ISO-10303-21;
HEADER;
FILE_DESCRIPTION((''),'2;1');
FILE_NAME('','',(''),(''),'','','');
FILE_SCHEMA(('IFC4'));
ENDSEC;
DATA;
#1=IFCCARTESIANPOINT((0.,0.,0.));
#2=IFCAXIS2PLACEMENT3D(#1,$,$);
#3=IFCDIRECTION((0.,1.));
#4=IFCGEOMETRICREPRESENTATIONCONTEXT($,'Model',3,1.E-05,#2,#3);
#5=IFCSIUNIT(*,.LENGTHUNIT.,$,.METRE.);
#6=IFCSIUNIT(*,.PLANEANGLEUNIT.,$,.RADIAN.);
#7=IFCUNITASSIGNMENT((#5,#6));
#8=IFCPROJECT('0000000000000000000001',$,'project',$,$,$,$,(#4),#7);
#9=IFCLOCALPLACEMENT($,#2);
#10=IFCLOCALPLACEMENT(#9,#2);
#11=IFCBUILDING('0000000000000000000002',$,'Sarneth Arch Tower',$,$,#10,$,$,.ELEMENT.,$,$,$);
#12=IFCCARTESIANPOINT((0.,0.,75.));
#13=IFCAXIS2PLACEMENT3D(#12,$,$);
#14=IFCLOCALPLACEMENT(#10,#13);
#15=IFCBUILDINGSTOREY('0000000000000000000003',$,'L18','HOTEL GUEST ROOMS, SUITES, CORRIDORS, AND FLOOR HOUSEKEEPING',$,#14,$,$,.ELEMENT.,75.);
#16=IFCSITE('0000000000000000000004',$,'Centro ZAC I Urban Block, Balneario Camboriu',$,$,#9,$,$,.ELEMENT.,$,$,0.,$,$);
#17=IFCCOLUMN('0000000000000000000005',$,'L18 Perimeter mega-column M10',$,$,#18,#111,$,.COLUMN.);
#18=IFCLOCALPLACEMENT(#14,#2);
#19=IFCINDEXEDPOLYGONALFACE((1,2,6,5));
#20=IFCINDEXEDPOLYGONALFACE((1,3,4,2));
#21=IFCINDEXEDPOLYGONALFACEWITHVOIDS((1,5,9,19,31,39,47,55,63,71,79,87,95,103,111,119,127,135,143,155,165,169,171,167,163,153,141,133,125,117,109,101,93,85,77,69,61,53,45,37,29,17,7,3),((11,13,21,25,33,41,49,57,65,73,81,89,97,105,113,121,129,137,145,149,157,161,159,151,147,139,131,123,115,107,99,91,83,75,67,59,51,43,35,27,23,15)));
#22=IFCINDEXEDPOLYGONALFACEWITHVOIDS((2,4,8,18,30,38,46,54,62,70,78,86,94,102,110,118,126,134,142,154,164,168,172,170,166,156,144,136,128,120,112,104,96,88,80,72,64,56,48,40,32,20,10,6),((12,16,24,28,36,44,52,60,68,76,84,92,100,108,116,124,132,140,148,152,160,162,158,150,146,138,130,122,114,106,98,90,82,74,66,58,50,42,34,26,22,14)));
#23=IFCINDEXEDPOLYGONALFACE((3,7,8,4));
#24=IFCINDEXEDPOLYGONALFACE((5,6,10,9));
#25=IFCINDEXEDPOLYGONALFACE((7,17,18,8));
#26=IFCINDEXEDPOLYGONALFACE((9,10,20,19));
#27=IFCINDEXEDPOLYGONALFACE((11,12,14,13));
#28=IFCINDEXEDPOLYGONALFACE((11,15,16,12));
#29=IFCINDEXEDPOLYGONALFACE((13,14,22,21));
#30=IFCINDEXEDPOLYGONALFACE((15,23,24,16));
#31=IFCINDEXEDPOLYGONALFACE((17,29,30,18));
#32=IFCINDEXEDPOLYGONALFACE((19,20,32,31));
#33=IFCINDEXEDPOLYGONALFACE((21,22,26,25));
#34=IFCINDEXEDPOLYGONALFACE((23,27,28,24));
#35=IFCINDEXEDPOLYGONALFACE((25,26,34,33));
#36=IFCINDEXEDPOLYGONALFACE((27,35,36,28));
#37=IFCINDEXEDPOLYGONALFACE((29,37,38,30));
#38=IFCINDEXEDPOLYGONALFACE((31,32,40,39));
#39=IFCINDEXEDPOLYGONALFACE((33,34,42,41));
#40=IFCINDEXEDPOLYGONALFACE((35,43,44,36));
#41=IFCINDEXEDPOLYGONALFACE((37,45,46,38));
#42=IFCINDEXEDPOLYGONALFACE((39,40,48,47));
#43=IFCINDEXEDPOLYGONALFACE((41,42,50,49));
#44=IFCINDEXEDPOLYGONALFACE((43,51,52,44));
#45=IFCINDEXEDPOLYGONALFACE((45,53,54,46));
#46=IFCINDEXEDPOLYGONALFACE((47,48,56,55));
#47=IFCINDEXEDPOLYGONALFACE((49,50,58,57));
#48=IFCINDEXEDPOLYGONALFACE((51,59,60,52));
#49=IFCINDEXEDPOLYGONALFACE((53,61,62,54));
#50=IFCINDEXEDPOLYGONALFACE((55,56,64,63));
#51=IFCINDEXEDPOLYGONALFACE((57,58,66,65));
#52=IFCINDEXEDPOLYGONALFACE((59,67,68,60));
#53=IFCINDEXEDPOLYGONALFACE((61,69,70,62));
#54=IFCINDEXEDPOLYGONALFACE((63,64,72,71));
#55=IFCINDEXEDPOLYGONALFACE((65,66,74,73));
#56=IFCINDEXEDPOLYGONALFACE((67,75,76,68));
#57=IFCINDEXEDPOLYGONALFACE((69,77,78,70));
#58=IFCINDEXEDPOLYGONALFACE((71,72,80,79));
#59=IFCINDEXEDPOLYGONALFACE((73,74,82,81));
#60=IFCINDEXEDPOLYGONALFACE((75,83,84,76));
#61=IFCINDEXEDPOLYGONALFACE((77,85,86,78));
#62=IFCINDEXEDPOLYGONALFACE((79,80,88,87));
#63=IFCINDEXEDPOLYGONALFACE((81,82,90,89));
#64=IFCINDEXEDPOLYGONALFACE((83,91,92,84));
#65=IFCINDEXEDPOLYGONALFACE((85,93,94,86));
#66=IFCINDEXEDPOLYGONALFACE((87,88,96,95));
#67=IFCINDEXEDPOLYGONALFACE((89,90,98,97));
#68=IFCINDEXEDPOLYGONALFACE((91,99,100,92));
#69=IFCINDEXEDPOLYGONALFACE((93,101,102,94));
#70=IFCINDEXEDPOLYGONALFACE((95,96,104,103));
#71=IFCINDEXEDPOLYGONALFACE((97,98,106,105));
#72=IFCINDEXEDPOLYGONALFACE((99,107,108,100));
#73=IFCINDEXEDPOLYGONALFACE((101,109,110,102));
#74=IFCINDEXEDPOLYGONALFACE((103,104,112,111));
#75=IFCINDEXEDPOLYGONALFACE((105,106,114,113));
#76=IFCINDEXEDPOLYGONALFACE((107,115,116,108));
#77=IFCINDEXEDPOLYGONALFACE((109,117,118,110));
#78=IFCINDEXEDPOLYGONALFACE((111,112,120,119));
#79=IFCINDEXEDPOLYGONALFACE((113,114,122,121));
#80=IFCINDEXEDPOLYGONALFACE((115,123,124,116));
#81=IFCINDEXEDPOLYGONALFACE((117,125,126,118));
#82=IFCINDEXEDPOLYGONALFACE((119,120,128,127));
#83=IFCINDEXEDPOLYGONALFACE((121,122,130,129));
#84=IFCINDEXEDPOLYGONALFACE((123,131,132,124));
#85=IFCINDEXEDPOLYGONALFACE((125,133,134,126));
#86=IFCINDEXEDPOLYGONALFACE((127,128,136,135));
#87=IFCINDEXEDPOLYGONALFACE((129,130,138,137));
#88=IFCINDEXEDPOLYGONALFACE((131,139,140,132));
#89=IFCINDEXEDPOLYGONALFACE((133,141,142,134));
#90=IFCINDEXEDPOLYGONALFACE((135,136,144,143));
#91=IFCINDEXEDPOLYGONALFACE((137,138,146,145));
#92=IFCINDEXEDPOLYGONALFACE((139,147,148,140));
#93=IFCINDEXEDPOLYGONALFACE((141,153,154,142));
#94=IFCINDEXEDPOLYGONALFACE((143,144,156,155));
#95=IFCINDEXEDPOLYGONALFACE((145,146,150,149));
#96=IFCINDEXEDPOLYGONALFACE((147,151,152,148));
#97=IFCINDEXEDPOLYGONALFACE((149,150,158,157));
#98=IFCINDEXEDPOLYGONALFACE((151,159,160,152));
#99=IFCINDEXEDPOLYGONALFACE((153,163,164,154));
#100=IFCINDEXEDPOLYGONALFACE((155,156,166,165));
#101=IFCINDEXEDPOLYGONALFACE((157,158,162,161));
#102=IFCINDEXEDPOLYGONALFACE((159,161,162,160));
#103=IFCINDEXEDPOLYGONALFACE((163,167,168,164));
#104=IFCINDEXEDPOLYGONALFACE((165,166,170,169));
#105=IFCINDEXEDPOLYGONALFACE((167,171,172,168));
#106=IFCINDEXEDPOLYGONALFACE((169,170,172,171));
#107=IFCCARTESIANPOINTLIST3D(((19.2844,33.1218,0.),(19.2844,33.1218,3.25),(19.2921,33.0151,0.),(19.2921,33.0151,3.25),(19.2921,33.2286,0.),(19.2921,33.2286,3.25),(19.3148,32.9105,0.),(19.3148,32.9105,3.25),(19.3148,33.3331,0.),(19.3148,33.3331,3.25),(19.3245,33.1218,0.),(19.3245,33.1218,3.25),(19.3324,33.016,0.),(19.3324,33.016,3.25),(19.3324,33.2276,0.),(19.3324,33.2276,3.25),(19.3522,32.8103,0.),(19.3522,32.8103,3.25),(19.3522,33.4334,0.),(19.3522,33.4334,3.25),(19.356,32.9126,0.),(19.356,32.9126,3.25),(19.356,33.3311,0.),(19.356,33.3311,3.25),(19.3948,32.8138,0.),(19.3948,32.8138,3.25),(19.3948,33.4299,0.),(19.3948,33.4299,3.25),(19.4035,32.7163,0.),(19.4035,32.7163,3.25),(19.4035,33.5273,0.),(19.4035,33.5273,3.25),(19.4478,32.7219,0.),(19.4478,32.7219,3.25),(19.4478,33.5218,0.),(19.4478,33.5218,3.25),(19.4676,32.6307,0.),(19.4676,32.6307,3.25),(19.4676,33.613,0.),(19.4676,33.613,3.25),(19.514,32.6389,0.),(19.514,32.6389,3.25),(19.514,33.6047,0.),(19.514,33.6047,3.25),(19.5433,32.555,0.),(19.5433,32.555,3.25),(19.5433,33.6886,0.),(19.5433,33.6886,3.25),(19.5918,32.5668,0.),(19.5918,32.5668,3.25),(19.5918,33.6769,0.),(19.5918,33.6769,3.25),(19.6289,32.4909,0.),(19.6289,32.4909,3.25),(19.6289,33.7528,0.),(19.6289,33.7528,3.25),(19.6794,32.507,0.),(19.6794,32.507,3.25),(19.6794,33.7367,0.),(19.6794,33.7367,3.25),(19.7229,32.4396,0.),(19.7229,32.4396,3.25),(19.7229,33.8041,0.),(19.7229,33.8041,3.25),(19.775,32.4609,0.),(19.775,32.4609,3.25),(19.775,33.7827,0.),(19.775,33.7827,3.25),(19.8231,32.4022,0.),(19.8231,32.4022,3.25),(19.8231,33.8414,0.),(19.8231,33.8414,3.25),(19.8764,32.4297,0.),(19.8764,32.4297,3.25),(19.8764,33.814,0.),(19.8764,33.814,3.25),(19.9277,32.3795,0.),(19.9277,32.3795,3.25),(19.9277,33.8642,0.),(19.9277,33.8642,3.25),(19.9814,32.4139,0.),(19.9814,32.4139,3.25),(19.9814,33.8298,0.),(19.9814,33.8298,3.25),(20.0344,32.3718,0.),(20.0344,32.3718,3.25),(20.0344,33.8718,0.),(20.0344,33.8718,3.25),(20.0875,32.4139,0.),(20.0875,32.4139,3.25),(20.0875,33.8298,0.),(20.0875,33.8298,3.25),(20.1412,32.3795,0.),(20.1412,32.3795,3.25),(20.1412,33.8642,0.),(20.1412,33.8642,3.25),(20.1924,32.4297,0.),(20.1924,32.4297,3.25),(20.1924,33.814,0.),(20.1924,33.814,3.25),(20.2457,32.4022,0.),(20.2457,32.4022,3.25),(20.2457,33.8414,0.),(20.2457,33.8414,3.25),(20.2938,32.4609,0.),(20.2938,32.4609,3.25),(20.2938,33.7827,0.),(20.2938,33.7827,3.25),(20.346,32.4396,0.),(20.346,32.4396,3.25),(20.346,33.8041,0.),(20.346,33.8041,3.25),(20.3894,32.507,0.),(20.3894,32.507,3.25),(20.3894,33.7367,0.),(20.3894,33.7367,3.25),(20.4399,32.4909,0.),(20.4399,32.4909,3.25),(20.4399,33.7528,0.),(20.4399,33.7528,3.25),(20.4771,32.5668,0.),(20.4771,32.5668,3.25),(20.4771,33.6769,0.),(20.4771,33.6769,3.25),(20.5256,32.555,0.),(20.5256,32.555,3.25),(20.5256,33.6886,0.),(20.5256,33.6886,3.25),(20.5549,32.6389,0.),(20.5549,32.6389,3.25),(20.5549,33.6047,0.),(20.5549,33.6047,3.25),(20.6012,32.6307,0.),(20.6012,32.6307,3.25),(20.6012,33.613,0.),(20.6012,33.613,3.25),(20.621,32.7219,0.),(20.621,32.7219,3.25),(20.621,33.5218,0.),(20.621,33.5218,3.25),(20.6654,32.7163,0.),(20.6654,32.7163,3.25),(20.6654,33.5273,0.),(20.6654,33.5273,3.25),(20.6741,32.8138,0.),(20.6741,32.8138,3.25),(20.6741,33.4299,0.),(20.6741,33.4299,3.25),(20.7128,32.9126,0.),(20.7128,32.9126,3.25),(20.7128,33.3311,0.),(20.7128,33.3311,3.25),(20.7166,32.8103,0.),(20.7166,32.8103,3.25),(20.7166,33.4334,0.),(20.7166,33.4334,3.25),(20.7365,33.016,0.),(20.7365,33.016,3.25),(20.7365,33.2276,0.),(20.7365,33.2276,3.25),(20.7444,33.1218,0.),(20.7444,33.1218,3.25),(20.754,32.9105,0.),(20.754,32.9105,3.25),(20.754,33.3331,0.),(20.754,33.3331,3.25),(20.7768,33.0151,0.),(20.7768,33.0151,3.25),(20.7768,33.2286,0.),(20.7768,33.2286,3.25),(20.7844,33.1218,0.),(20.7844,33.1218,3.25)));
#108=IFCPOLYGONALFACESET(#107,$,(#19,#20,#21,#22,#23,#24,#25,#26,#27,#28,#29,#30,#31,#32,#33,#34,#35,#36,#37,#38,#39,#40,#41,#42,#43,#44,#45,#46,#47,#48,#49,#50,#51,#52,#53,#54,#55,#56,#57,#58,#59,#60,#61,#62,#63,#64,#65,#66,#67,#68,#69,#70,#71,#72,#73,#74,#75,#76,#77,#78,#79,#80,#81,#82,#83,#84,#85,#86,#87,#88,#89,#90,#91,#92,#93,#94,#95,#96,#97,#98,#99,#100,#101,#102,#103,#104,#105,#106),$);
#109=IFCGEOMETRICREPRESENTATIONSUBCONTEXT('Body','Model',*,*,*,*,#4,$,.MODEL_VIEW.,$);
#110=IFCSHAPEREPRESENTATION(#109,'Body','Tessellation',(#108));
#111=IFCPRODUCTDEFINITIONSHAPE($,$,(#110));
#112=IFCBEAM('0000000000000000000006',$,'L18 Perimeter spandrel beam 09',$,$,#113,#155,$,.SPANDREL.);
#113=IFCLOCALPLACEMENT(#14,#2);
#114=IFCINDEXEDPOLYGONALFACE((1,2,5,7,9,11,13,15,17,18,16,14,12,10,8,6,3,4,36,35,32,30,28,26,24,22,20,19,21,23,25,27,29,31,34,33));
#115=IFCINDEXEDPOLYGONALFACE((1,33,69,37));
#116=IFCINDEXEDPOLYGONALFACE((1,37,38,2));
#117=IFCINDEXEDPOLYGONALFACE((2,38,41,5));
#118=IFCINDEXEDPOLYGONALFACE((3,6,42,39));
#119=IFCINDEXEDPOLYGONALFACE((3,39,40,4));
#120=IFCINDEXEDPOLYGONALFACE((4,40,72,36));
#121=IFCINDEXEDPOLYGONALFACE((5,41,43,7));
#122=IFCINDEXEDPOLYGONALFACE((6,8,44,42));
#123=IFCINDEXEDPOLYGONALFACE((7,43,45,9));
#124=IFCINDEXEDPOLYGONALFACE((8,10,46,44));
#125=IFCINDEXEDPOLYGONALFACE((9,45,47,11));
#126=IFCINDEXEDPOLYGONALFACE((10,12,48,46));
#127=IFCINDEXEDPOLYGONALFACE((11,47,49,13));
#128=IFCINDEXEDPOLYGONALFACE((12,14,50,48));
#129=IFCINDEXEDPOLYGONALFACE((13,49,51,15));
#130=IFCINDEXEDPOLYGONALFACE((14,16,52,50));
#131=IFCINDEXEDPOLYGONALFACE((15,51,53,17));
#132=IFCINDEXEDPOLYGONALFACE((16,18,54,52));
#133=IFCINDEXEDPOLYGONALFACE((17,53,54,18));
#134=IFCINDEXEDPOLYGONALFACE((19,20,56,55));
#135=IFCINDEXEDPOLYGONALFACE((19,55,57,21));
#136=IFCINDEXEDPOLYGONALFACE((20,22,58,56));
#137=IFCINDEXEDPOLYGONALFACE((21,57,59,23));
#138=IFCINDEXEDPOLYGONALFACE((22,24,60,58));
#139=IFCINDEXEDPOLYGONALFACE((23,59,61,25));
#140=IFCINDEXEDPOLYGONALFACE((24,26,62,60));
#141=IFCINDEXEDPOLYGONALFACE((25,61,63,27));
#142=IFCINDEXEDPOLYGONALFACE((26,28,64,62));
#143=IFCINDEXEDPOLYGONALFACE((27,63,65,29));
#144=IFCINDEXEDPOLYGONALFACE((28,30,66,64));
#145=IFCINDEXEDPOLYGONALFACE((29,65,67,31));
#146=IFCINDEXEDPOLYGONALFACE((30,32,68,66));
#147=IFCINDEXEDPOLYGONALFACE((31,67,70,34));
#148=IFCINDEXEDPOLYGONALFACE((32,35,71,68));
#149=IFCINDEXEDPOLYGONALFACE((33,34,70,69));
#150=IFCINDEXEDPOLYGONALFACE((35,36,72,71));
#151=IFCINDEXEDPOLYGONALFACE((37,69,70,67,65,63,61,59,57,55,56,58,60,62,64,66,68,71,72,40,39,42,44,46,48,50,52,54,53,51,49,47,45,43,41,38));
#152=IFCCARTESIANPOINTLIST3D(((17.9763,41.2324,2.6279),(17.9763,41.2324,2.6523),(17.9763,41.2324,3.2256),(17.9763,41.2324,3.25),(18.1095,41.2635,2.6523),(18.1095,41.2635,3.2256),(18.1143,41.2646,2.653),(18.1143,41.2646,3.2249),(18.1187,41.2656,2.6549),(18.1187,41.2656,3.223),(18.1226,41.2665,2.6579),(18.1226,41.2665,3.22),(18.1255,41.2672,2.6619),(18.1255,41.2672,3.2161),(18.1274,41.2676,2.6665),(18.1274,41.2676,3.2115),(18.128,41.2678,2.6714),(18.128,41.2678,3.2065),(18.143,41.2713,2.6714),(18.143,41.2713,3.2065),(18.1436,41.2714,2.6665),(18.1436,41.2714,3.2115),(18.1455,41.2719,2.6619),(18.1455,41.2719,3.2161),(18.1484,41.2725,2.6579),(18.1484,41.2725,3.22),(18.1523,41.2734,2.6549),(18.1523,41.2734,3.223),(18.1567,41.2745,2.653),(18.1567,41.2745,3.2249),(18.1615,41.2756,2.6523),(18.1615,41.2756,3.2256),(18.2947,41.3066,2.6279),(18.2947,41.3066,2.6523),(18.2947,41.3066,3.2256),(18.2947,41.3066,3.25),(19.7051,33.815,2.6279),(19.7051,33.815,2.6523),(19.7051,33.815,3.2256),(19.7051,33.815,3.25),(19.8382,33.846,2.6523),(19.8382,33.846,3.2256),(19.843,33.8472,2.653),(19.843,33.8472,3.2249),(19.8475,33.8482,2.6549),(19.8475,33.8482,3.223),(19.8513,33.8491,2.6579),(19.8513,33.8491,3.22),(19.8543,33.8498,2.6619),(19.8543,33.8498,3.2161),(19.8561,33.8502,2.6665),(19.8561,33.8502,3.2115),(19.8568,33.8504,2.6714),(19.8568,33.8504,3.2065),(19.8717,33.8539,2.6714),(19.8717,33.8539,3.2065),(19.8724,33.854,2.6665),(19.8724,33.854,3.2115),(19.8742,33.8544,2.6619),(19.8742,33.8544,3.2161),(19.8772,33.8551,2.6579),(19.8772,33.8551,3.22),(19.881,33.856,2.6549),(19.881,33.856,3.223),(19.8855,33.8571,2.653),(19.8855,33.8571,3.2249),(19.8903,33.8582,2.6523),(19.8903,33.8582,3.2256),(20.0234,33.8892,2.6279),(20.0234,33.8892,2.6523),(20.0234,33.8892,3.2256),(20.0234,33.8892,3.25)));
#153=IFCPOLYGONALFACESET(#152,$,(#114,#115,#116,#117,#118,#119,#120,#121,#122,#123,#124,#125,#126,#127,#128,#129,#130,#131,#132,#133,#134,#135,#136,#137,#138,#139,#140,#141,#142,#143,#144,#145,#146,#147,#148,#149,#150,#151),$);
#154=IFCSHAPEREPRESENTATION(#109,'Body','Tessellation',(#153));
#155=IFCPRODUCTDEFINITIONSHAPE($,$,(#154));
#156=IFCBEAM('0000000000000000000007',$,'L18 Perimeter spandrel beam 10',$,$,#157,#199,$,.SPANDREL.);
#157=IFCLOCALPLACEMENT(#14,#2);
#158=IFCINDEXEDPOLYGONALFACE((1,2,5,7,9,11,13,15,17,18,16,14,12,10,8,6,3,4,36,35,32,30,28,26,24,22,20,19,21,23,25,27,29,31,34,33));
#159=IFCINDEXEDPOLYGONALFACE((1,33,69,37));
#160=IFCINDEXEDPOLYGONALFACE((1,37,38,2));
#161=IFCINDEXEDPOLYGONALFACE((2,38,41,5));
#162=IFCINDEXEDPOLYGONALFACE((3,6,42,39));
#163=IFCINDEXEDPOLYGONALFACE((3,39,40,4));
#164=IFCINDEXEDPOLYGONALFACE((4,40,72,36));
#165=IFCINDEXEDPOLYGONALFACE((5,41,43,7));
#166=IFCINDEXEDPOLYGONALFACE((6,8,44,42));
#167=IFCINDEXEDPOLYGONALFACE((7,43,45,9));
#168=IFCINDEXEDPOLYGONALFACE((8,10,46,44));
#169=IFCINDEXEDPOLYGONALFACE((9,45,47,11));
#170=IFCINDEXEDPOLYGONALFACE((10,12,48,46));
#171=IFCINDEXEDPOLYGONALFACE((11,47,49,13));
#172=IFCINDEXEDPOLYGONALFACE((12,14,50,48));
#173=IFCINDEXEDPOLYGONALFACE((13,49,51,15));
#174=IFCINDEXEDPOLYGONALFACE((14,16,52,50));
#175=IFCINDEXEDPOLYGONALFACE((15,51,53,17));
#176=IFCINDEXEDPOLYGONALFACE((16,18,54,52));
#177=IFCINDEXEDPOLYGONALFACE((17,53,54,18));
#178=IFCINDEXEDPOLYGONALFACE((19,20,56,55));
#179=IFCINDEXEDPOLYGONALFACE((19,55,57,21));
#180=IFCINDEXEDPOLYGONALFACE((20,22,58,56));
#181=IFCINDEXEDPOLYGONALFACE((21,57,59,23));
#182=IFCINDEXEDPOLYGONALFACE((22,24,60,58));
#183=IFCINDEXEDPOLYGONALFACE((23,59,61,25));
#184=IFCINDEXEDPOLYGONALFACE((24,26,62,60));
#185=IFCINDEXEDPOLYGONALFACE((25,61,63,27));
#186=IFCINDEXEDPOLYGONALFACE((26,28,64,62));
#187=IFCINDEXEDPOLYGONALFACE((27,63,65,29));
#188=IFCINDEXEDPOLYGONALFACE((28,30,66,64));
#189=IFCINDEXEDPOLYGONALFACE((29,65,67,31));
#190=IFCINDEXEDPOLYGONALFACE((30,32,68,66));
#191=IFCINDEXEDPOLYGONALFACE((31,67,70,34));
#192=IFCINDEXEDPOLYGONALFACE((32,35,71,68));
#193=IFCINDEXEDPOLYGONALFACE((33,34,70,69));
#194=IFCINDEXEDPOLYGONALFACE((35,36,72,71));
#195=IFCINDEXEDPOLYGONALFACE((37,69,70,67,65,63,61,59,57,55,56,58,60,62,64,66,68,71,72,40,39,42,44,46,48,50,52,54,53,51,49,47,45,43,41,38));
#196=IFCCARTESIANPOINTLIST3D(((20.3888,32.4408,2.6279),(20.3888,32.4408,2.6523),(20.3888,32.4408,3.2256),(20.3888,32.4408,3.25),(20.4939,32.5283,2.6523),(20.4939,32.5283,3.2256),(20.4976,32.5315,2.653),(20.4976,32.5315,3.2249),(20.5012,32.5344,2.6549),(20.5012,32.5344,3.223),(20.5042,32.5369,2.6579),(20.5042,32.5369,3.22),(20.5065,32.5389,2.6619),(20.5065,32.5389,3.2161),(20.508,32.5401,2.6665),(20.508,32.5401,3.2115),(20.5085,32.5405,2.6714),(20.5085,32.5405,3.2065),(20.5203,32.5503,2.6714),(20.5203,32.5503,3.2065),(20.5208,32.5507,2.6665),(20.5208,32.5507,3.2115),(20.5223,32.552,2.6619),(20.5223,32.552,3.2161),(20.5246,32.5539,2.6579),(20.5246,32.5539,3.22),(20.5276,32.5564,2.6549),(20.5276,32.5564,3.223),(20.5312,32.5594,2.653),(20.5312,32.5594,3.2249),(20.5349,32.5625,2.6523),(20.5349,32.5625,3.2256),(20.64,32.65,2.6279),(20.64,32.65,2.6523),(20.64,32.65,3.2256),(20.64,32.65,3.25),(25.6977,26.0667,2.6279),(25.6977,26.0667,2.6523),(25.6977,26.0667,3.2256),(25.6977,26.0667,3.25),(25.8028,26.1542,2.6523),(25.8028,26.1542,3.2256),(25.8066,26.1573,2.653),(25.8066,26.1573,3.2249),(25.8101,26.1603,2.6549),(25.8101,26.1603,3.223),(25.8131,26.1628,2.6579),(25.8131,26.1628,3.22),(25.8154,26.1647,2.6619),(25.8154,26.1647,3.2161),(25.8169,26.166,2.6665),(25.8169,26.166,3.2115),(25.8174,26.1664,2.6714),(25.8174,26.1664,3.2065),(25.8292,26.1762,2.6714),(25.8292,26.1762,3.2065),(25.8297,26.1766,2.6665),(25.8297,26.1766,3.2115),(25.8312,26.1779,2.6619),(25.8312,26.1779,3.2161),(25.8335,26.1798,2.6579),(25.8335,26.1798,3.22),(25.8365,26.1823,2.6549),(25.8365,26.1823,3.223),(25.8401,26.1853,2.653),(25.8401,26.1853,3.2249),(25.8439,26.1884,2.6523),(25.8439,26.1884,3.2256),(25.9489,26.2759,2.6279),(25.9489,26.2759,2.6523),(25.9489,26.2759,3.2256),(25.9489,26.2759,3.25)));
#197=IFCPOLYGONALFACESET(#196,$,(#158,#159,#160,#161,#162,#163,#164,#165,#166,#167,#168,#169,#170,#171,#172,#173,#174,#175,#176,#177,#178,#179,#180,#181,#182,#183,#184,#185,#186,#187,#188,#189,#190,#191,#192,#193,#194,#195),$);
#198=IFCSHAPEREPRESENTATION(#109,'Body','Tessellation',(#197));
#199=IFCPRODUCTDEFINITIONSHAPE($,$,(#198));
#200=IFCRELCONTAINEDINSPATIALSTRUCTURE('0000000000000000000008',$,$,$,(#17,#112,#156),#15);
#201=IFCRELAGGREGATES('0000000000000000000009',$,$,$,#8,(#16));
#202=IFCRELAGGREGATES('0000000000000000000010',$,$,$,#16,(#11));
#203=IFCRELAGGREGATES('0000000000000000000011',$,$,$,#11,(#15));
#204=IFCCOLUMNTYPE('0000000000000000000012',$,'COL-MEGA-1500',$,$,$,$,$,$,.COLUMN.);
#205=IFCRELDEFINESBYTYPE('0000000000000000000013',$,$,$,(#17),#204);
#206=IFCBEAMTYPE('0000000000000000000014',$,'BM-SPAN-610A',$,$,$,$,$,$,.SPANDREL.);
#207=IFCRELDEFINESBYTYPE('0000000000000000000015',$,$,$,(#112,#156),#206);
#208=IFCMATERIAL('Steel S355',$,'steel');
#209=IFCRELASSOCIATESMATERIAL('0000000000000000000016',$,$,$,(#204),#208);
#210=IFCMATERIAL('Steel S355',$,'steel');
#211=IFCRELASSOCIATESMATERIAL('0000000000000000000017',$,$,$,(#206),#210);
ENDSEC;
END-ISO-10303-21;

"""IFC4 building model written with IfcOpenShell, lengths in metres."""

from ifc_helpers import new_model, si_unit, direction, frame, origin, origin_2d, place, context, subcontext, project, spatial, hollow_circle, i_section, extrude, material, material_profile, profile_set, type_object, element, save


model = new_model("IFC4")

# Units and contexts
model_context = context("Model", 3, precision=1e-05, world=origin(), true_north=direction((0.0, 1.0)))
body_context = subcontext(model_context, "Body", "Model", "MODEL_VIEW")
ifc_project = project(units=[si_unit("LENGTHUNIT", "METRE"), si_unit("PLANEANGLEUNIT", "RADIAN")], contexts=[model_context])

# Site, building, storey
site_placement = place(None, origin())
site = spatial("IfcSite", under=ifc_project, at=site_placement, Name="Centro ZAC I Urban Block, Balneario Camboriu", CompositionType="ELEMENT", RefElevation=0.0)
building_placement = place(site_placement, origin())
building = spatial("IfcBuilding", under=site, at=building_placement, Name="Sarneth Arch Tower", CompositionType="ELEMENT")
storey_placement = place(building_placement, frame((0.0, 0.0, 75.0)))
storey = spatial("IfcBuildingStorey", under=building, at=storey_placement, Name="L18", Description="HOTEL GUEST ROOMS, SUITES, CORRIDORS, AND FLOOR HOUSEKEEPING", CompositionType="ELEMENT", Elevation=75.0)

# Column
ifc_material_1 = material(Name="Steel S355", Category="steel")
ifc_material_profile_1 = material_profile(ifc_material_1, hollow_circle(Radius=0.75, WallThickness=0.04, at=origin_2d()), Name="CHS1500x40")
ifc_profile_set_1 = profile_set([ifc_material_profile_1], Name="Steel S355")
column_type = type_object("IfcColumnType", Name="COL-MEGA-1500", PredefinedType="COLUMN", material=ifc_profile_set_1)
column_placement = place(storey_placement, frame((20.0344, 33.1218, 0.0), z_axis=(0.0, 0.0, 1.0), x_axis=(1.0, 0.0, 0.0)))
element("IfcColumn", 1, at=column_placement, inside=storey, type_object=column_type, Name="L18 Perimeter mega-column M10", PredefinedType="COLUMN", context=body_context, shape_type="SweptSolid", body=[
    extrude(hollow_circle(Radius=0.75, WallThickness=0.04, at=origin_2d()), origin(), (0.0, 0.0, 1.0), 3.25),
])

# Beams
ifc_material_2 = material(Name="Steel S355", Category="steel")
ifc_material_profile_2 = material_profile(ifc_material_2, i_section(OverallWidth=0.3269, OverallDepth=0.6221, WebThickness=0.0154, FlangeThickness=0.0244, FilletRadius=0.019, at=origin_2d()), Name="W610x195")
ifc_profile_set_2 = profile_set([ifc_material_profile_2], Name="Steel S355")
beam_type = type_object("IfcBeamType", Name="BM-SPAN-610A", PredefinedType="SPANDREL", material=ifc_profile_set_2)
beam_1_placement = place(storey_placement, frame((18.1355, 41.2695, 2.939), z_axis=(0.226982, -0.973899, 0.0), x_axis=(0.973899, 0.226982, 0.0)))
element("IfcBeam", 2, at=beam_1_placement, inside=storey, type_object=beam_type, Name="L18 Perimeter spandrel beam 09", PredefinedType="SPANDREL", context=body_context, shape_type="SweptSolid", body=[
    extrude(i_section(OverallWidth=0.3269, OverallDepth=0.6221, WebThickness=0.0154, FlangeThickness=0.0244, FilletRadius=0.019, at=origin_2d()), origin(), (0.0, 0.0, 1.0), 7.6162),
])
beam_2_placement = place(storey_placement, frame((20.5144, 32.5454, 2.939), z_axis=(0.639982, -0.76839, 0.0), x_axis=(0.76839, 0.639982, 0.0)))
element("IfcBeam", 3, at=beam_2_placement, inside=storey, type_object=beam_type, Name="L18 Perimeter spandrel beam 10", PredefinedType="SPANDREL", context=body_context, shape_type="SweptSolid", body=[
    extrude(i_section(OverallWidth=0.3269, OverallDepth=0.6221, WebThickness=0.0154, FlangeThickness=0.0244, FilletRadius=0.019, at=origin_2d()), origin(), (0.0, 0.0, 1.0), 8.2954),
])

save(model, "model.ifc")
